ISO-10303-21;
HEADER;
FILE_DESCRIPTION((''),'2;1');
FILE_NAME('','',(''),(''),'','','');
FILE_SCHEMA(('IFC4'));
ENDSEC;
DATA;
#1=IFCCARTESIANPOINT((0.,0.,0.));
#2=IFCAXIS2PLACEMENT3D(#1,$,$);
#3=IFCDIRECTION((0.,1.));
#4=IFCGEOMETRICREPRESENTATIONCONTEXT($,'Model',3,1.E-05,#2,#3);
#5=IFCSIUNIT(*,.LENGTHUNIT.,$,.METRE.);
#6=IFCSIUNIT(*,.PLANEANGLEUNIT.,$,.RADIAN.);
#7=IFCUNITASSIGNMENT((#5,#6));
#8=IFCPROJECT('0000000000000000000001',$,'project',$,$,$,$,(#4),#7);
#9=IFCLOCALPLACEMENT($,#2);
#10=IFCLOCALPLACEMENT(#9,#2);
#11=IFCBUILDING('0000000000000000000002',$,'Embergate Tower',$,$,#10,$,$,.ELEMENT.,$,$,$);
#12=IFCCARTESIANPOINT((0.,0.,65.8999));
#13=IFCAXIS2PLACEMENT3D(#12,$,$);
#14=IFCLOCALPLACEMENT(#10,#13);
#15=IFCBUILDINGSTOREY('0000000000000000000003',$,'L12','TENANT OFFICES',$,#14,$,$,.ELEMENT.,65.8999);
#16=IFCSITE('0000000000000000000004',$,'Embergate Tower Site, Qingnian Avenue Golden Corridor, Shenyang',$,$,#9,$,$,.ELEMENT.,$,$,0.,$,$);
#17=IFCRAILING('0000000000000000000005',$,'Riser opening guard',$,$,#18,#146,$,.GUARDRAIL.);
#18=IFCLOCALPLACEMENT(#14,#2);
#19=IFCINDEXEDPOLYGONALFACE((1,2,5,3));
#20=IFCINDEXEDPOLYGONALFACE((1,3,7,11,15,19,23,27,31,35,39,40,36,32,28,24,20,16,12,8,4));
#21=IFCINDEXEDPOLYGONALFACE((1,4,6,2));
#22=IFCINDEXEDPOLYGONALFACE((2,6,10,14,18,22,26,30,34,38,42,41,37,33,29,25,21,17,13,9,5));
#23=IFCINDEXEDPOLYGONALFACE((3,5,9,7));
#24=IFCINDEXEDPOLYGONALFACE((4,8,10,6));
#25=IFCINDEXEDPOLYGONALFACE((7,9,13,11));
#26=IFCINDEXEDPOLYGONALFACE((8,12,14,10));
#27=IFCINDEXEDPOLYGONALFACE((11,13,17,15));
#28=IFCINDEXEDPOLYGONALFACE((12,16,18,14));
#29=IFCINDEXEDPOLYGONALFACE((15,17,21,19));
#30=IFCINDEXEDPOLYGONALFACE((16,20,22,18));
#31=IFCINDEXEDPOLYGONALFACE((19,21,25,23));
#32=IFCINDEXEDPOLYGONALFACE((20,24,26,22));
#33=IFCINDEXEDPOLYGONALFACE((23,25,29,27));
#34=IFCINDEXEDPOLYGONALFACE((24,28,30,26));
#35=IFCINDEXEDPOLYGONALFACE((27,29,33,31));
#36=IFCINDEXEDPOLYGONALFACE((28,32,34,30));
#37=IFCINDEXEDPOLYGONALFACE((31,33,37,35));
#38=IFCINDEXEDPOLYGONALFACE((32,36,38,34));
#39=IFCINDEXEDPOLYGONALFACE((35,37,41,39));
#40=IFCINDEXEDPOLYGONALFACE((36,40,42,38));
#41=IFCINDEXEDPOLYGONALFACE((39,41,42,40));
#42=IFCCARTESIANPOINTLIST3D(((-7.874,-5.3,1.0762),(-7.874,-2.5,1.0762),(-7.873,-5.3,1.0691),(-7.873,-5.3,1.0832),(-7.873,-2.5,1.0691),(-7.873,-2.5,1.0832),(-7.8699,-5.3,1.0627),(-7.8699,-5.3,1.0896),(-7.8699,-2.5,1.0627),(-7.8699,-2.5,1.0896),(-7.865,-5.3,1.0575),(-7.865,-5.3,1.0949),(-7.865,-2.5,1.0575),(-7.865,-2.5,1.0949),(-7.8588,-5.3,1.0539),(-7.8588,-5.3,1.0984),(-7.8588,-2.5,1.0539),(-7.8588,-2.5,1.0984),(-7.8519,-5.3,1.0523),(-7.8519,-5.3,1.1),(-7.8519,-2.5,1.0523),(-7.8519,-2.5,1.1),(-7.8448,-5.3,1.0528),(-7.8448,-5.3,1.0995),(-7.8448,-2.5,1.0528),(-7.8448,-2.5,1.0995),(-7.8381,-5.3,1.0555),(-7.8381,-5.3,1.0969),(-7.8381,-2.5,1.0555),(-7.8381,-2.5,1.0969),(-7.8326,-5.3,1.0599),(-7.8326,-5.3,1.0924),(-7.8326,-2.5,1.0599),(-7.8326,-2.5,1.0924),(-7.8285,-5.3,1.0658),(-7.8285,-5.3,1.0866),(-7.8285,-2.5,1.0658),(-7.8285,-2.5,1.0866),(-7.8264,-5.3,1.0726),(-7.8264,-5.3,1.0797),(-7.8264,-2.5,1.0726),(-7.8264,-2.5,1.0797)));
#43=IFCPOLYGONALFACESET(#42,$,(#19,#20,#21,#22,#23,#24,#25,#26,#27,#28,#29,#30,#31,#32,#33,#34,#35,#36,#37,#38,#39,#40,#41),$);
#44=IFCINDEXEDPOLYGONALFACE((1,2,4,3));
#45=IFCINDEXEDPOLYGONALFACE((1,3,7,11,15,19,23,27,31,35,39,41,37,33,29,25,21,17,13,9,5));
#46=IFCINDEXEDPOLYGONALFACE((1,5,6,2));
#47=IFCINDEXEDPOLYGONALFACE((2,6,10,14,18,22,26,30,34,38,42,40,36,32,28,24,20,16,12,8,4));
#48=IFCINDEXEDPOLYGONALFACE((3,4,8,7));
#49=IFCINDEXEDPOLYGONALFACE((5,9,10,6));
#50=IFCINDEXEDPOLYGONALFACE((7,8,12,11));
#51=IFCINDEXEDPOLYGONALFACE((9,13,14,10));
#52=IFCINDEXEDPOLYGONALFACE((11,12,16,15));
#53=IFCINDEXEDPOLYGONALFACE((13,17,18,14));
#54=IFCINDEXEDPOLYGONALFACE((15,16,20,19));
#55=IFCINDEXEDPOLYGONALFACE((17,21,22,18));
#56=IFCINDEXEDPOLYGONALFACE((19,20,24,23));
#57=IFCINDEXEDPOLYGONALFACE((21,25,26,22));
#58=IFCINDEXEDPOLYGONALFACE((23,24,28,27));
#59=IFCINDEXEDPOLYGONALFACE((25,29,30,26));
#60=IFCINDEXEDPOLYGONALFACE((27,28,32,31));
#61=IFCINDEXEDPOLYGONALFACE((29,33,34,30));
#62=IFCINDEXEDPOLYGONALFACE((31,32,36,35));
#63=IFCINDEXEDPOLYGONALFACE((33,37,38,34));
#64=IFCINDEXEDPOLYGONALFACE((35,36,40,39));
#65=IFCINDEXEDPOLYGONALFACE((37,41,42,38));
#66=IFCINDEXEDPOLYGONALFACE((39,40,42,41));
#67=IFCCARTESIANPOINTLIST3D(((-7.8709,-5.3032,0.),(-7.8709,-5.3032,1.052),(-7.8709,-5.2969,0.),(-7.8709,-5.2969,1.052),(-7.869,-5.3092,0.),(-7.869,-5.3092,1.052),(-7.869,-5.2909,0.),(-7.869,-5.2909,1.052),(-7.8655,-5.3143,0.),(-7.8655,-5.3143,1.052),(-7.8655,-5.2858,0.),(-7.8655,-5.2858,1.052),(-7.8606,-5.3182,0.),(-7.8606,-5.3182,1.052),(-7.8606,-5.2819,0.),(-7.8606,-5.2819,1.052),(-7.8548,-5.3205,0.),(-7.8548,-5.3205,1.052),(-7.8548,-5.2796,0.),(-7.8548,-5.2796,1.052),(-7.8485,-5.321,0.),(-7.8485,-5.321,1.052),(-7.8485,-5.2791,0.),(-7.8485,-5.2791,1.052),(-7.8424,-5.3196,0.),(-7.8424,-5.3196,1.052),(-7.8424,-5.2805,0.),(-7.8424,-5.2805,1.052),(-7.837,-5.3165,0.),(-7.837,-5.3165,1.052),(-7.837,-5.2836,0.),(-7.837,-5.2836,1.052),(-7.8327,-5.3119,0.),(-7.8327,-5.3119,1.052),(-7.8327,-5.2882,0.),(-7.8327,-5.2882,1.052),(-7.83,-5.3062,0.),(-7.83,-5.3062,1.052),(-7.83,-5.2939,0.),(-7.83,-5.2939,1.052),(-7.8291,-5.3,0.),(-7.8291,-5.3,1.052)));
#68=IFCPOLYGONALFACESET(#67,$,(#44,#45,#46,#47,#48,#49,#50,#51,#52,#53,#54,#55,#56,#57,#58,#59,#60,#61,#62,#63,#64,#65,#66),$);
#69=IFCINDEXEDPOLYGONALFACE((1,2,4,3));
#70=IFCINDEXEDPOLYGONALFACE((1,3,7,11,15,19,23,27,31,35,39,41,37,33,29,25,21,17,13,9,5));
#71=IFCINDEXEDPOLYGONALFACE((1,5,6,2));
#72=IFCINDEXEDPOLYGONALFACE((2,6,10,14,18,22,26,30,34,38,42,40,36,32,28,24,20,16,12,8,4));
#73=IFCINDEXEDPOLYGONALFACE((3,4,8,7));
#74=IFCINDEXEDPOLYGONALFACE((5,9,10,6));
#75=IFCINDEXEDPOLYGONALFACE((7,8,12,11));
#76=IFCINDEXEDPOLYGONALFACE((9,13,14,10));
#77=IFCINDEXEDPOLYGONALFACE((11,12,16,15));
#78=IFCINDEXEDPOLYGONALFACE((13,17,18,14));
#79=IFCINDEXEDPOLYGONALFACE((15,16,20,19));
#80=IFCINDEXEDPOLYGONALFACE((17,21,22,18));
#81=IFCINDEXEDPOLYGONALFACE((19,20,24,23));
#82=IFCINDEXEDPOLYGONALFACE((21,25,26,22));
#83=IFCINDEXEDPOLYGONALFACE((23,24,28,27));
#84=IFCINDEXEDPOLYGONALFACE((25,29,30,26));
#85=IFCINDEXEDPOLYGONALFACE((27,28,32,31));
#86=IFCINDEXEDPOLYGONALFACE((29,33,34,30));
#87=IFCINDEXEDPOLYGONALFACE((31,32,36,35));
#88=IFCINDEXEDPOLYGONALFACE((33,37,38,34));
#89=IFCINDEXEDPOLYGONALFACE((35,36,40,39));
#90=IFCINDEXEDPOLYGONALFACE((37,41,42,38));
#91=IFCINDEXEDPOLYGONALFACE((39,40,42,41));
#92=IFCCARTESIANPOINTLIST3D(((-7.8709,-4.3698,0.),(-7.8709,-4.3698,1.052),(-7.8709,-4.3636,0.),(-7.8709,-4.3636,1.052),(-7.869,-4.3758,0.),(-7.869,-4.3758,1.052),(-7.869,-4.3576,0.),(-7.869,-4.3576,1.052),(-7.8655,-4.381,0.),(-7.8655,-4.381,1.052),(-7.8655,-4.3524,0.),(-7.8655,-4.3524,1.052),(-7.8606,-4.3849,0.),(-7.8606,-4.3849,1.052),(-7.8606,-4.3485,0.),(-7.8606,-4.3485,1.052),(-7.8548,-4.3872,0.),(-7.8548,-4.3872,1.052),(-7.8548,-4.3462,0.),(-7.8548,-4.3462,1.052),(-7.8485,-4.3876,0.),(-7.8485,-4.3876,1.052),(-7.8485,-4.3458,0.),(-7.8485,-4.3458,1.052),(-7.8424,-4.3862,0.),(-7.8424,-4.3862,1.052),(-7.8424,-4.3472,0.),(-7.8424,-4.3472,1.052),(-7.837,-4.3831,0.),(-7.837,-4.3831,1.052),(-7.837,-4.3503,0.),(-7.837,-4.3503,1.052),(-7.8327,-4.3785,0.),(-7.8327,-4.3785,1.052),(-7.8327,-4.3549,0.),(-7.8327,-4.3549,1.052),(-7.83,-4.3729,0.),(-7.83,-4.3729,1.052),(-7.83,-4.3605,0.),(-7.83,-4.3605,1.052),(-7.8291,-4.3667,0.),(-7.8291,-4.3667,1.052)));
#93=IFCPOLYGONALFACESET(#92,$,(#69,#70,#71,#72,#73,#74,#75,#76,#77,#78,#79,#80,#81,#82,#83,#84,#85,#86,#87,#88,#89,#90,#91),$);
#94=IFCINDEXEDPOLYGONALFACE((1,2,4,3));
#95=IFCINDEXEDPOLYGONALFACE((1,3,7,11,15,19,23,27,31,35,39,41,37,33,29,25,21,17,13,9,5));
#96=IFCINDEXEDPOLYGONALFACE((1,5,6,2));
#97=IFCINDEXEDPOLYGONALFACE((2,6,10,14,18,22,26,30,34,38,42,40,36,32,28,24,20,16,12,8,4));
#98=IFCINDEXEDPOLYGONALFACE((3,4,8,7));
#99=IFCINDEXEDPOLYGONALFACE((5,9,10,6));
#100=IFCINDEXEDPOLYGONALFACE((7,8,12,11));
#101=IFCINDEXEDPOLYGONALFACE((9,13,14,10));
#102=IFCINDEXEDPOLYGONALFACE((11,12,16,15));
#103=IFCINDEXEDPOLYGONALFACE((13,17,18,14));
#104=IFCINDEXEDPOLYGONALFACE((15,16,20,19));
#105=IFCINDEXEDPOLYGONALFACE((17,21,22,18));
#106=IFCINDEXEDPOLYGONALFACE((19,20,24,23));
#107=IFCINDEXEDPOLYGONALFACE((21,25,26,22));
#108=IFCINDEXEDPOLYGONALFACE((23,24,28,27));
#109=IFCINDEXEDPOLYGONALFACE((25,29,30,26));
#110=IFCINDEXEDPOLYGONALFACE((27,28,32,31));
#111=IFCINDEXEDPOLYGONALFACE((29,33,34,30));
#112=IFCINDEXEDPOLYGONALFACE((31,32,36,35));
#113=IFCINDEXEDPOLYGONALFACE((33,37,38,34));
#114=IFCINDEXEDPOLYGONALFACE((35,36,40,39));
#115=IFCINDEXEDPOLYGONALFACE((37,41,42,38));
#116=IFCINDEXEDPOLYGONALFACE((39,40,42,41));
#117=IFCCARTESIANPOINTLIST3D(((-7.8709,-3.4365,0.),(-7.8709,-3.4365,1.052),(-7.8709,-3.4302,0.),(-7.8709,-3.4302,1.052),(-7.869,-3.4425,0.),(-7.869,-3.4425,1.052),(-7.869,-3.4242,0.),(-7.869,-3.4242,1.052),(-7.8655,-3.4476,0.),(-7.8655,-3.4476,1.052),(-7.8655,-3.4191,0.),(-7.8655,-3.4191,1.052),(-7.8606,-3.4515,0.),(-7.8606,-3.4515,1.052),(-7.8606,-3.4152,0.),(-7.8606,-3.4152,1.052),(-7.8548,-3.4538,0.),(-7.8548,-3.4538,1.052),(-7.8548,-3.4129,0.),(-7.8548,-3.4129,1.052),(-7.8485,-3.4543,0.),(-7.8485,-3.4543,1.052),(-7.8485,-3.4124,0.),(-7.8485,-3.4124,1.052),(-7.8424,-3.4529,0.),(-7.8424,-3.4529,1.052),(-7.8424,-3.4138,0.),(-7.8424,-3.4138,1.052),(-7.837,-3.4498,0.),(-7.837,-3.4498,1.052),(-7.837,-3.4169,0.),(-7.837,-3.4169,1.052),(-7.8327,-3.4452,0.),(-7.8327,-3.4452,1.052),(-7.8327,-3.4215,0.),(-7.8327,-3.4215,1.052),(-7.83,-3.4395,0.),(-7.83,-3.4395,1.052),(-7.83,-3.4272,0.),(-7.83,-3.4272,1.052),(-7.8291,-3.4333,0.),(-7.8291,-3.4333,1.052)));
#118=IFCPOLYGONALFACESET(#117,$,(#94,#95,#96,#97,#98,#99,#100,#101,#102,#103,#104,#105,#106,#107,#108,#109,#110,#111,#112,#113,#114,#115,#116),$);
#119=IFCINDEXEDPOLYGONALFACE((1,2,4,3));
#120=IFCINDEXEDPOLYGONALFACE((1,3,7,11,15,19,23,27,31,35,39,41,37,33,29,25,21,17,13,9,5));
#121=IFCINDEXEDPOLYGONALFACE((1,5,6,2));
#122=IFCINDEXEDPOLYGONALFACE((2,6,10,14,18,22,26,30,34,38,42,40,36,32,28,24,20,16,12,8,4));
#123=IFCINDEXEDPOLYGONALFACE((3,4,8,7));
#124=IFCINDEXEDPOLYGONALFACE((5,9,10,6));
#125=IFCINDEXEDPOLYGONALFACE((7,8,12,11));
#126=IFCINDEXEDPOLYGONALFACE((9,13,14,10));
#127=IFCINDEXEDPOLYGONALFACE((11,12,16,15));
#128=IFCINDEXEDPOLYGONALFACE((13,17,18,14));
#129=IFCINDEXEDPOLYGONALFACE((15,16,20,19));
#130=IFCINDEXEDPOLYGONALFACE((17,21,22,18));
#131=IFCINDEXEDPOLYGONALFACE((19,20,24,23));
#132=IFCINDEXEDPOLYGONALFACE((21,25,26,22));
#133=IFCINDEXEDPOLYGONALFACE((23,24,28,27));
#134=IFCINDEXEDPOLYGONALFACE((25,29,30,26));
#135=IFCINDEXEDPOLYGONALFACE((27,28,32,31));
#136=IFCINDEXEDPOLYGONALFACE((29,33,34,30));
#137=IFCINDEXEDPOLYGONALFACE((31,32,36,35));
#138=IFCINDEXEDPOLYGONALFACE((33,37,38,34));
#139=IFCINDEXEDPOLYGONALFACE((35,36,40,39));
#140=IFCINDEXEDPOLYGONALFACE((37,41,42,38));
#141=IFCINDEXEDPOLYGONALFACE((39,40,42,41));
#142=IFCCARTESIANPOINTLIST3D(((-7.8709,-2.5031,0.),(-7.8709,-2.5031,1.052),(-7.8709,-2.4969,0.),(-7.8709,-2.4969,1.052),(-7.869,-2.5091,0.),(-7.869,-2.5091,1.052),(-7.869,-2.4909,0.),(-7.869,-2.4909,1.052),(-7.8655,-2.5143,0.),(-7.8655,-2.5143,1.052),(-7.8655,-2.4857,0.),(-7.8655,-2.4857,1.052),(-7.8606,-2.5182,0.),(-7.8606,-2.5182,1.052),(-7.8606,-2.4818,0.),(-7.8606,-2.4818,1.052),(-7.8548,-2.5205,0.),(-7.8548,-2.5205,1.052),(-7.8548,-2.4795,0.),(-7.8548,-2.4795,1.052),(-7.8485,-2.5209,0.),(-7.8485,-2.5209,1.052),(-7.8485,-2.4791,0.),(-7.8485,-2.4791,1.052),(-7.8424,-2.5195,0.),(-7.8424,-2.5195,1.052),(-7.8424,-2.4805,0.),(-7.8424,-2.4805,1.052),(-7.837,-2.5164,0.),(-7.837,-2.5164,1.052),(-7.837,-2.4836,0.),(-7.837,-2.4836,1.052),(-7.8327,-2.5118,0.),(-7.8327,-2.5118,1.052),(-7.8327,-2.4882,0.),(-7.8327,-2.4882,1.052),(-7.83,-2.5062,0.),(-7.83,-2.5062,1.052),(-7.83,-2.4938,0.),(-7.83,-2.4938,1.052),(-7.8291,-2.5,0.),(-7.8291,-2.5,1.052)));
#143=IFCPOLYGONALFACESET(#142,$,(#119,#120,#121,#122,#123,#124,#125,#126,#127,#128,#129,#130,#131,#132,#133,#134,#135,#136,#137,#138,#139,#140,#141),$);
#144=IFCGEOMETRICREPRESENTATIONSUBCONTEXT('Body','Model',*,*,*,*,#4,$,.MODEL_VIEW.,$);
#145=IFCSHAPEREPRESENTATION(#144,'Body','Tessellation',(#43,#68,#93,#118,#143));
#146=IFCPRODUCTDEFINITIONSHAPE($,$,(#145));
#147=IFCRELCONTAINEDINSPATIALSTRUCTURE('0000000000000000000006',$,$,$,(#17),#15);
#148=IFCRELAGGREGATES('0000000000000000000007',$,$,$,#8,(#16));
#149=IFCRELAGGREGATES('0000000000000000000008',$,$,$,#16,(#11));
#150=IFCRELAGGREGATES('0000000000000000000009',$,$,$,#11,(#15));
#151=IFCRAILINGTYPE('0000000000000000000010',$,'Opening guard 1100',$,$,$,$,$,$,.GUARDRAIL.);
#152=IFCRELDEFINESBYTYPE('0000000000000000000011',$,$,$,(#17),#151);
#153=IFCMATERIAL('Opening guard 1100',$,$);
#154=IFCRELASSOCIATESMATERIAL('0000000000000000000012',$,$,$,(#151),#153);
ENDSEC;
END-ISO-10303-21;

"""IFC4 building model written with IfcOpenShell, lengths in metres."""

from ifc_helpers import new_model, si_unit, direction, frame, origin, origin_2d, place, context, subcontext, project, spatial, circle, extrude, source, transform, mapped, material, type_object, element, save


model = new_model("IFC4")

# Units and contexts
model_context = context("Model", 3, precision=1e-05, world=origin(), true_north=direction((0.0, 1.0)))
body_context = subcontext(model_context, "Body", "Model", "MODEL_VIEW")
ifc_project = project(units=[si_unit("LENGTHUNIT", "METRE"), si_unit("PLANEANGLEUNIT", "RADIAN")], contexts=[model_context])

# Site, building, storey
site_placement = place(None, origin())
site = spatial("IfcSite", under=ifc_project, at=site_placement, Name="Embergate Tower Site, Qingnian Avenue Golden Corridor, Shenyang", CompositionType="ELEMENT", RefElevation=0.0)
building_placement = place(site_placement, origin())
building = spatial("IfcBuilding", under=site, at=building_placement, Name="Embergate Tower", CompositionType="ELEMENT")
storey_placement = place(building_placement, frame((0.0, 0.0, 65.8999)))
storey = spatial("IfcBuildingStorey", under=building, at=storey_placement, Name="L12", Description="TENANT OFFICES", CompositionType="ELEMENT", Elevation=65.8999)

# Railing
ifc_material_1 = material(Name="Opening guard 1100")
railing_type_1 = type_object("IfcRailingType", Name="Opening guard 1100", PredefinedType="GUARDRAIL", material=ifc_material_1)
shared_shape_1 = source(origin(), body_context, "Body", "SweptSolid", [
    extrude(circle(Radius=0.0239, at=origin_2d()), frame((0.0, 0.0, 1.0762), z_axis=(0.0, 1.0, 0.0), x_axis=(-1.0, 0.0, 0.0)), (0.0, 0.0, 1.0), 2.8),
    extrude(circle(Radius=0.021, at=origin_2d()), origin(), (0.0, 0.0, 1.0), 1.052),
    extrude(circle(Radius=0.021, at=origin_2d()), frame((0.0, 0.9333, 0.0)), (0.0, 0.0, 1.0), 1.052),
    extrude(circle(Radius=0.021, at=origin_2d()), frame((0.0, 1.8667, 0.0)), (0.0, 0.0, 1.0), 1.052),
    extrude(circle(Radius=0.021, at=origin_2d()), frame((0.0, 2.8, 0.0)), (0.0, 0.0, 1.0), 1.052),
])
railing_1_placement = place(storey_placement, frame((-7.8501, -5.3, 0.0)))
element("IfcRailing", 1, at=railing_1_placement, inside=storey, type_object=railing_type_1, Name="Riser opening guard", PredefinedType="GUARDRAIL", context=body_context, shape_type="MappedRepresentation", body=[
    mapped(shared_shape_1, transform((0.0, 0.0, 0.0))),
])

save(model, "model.ifc")
